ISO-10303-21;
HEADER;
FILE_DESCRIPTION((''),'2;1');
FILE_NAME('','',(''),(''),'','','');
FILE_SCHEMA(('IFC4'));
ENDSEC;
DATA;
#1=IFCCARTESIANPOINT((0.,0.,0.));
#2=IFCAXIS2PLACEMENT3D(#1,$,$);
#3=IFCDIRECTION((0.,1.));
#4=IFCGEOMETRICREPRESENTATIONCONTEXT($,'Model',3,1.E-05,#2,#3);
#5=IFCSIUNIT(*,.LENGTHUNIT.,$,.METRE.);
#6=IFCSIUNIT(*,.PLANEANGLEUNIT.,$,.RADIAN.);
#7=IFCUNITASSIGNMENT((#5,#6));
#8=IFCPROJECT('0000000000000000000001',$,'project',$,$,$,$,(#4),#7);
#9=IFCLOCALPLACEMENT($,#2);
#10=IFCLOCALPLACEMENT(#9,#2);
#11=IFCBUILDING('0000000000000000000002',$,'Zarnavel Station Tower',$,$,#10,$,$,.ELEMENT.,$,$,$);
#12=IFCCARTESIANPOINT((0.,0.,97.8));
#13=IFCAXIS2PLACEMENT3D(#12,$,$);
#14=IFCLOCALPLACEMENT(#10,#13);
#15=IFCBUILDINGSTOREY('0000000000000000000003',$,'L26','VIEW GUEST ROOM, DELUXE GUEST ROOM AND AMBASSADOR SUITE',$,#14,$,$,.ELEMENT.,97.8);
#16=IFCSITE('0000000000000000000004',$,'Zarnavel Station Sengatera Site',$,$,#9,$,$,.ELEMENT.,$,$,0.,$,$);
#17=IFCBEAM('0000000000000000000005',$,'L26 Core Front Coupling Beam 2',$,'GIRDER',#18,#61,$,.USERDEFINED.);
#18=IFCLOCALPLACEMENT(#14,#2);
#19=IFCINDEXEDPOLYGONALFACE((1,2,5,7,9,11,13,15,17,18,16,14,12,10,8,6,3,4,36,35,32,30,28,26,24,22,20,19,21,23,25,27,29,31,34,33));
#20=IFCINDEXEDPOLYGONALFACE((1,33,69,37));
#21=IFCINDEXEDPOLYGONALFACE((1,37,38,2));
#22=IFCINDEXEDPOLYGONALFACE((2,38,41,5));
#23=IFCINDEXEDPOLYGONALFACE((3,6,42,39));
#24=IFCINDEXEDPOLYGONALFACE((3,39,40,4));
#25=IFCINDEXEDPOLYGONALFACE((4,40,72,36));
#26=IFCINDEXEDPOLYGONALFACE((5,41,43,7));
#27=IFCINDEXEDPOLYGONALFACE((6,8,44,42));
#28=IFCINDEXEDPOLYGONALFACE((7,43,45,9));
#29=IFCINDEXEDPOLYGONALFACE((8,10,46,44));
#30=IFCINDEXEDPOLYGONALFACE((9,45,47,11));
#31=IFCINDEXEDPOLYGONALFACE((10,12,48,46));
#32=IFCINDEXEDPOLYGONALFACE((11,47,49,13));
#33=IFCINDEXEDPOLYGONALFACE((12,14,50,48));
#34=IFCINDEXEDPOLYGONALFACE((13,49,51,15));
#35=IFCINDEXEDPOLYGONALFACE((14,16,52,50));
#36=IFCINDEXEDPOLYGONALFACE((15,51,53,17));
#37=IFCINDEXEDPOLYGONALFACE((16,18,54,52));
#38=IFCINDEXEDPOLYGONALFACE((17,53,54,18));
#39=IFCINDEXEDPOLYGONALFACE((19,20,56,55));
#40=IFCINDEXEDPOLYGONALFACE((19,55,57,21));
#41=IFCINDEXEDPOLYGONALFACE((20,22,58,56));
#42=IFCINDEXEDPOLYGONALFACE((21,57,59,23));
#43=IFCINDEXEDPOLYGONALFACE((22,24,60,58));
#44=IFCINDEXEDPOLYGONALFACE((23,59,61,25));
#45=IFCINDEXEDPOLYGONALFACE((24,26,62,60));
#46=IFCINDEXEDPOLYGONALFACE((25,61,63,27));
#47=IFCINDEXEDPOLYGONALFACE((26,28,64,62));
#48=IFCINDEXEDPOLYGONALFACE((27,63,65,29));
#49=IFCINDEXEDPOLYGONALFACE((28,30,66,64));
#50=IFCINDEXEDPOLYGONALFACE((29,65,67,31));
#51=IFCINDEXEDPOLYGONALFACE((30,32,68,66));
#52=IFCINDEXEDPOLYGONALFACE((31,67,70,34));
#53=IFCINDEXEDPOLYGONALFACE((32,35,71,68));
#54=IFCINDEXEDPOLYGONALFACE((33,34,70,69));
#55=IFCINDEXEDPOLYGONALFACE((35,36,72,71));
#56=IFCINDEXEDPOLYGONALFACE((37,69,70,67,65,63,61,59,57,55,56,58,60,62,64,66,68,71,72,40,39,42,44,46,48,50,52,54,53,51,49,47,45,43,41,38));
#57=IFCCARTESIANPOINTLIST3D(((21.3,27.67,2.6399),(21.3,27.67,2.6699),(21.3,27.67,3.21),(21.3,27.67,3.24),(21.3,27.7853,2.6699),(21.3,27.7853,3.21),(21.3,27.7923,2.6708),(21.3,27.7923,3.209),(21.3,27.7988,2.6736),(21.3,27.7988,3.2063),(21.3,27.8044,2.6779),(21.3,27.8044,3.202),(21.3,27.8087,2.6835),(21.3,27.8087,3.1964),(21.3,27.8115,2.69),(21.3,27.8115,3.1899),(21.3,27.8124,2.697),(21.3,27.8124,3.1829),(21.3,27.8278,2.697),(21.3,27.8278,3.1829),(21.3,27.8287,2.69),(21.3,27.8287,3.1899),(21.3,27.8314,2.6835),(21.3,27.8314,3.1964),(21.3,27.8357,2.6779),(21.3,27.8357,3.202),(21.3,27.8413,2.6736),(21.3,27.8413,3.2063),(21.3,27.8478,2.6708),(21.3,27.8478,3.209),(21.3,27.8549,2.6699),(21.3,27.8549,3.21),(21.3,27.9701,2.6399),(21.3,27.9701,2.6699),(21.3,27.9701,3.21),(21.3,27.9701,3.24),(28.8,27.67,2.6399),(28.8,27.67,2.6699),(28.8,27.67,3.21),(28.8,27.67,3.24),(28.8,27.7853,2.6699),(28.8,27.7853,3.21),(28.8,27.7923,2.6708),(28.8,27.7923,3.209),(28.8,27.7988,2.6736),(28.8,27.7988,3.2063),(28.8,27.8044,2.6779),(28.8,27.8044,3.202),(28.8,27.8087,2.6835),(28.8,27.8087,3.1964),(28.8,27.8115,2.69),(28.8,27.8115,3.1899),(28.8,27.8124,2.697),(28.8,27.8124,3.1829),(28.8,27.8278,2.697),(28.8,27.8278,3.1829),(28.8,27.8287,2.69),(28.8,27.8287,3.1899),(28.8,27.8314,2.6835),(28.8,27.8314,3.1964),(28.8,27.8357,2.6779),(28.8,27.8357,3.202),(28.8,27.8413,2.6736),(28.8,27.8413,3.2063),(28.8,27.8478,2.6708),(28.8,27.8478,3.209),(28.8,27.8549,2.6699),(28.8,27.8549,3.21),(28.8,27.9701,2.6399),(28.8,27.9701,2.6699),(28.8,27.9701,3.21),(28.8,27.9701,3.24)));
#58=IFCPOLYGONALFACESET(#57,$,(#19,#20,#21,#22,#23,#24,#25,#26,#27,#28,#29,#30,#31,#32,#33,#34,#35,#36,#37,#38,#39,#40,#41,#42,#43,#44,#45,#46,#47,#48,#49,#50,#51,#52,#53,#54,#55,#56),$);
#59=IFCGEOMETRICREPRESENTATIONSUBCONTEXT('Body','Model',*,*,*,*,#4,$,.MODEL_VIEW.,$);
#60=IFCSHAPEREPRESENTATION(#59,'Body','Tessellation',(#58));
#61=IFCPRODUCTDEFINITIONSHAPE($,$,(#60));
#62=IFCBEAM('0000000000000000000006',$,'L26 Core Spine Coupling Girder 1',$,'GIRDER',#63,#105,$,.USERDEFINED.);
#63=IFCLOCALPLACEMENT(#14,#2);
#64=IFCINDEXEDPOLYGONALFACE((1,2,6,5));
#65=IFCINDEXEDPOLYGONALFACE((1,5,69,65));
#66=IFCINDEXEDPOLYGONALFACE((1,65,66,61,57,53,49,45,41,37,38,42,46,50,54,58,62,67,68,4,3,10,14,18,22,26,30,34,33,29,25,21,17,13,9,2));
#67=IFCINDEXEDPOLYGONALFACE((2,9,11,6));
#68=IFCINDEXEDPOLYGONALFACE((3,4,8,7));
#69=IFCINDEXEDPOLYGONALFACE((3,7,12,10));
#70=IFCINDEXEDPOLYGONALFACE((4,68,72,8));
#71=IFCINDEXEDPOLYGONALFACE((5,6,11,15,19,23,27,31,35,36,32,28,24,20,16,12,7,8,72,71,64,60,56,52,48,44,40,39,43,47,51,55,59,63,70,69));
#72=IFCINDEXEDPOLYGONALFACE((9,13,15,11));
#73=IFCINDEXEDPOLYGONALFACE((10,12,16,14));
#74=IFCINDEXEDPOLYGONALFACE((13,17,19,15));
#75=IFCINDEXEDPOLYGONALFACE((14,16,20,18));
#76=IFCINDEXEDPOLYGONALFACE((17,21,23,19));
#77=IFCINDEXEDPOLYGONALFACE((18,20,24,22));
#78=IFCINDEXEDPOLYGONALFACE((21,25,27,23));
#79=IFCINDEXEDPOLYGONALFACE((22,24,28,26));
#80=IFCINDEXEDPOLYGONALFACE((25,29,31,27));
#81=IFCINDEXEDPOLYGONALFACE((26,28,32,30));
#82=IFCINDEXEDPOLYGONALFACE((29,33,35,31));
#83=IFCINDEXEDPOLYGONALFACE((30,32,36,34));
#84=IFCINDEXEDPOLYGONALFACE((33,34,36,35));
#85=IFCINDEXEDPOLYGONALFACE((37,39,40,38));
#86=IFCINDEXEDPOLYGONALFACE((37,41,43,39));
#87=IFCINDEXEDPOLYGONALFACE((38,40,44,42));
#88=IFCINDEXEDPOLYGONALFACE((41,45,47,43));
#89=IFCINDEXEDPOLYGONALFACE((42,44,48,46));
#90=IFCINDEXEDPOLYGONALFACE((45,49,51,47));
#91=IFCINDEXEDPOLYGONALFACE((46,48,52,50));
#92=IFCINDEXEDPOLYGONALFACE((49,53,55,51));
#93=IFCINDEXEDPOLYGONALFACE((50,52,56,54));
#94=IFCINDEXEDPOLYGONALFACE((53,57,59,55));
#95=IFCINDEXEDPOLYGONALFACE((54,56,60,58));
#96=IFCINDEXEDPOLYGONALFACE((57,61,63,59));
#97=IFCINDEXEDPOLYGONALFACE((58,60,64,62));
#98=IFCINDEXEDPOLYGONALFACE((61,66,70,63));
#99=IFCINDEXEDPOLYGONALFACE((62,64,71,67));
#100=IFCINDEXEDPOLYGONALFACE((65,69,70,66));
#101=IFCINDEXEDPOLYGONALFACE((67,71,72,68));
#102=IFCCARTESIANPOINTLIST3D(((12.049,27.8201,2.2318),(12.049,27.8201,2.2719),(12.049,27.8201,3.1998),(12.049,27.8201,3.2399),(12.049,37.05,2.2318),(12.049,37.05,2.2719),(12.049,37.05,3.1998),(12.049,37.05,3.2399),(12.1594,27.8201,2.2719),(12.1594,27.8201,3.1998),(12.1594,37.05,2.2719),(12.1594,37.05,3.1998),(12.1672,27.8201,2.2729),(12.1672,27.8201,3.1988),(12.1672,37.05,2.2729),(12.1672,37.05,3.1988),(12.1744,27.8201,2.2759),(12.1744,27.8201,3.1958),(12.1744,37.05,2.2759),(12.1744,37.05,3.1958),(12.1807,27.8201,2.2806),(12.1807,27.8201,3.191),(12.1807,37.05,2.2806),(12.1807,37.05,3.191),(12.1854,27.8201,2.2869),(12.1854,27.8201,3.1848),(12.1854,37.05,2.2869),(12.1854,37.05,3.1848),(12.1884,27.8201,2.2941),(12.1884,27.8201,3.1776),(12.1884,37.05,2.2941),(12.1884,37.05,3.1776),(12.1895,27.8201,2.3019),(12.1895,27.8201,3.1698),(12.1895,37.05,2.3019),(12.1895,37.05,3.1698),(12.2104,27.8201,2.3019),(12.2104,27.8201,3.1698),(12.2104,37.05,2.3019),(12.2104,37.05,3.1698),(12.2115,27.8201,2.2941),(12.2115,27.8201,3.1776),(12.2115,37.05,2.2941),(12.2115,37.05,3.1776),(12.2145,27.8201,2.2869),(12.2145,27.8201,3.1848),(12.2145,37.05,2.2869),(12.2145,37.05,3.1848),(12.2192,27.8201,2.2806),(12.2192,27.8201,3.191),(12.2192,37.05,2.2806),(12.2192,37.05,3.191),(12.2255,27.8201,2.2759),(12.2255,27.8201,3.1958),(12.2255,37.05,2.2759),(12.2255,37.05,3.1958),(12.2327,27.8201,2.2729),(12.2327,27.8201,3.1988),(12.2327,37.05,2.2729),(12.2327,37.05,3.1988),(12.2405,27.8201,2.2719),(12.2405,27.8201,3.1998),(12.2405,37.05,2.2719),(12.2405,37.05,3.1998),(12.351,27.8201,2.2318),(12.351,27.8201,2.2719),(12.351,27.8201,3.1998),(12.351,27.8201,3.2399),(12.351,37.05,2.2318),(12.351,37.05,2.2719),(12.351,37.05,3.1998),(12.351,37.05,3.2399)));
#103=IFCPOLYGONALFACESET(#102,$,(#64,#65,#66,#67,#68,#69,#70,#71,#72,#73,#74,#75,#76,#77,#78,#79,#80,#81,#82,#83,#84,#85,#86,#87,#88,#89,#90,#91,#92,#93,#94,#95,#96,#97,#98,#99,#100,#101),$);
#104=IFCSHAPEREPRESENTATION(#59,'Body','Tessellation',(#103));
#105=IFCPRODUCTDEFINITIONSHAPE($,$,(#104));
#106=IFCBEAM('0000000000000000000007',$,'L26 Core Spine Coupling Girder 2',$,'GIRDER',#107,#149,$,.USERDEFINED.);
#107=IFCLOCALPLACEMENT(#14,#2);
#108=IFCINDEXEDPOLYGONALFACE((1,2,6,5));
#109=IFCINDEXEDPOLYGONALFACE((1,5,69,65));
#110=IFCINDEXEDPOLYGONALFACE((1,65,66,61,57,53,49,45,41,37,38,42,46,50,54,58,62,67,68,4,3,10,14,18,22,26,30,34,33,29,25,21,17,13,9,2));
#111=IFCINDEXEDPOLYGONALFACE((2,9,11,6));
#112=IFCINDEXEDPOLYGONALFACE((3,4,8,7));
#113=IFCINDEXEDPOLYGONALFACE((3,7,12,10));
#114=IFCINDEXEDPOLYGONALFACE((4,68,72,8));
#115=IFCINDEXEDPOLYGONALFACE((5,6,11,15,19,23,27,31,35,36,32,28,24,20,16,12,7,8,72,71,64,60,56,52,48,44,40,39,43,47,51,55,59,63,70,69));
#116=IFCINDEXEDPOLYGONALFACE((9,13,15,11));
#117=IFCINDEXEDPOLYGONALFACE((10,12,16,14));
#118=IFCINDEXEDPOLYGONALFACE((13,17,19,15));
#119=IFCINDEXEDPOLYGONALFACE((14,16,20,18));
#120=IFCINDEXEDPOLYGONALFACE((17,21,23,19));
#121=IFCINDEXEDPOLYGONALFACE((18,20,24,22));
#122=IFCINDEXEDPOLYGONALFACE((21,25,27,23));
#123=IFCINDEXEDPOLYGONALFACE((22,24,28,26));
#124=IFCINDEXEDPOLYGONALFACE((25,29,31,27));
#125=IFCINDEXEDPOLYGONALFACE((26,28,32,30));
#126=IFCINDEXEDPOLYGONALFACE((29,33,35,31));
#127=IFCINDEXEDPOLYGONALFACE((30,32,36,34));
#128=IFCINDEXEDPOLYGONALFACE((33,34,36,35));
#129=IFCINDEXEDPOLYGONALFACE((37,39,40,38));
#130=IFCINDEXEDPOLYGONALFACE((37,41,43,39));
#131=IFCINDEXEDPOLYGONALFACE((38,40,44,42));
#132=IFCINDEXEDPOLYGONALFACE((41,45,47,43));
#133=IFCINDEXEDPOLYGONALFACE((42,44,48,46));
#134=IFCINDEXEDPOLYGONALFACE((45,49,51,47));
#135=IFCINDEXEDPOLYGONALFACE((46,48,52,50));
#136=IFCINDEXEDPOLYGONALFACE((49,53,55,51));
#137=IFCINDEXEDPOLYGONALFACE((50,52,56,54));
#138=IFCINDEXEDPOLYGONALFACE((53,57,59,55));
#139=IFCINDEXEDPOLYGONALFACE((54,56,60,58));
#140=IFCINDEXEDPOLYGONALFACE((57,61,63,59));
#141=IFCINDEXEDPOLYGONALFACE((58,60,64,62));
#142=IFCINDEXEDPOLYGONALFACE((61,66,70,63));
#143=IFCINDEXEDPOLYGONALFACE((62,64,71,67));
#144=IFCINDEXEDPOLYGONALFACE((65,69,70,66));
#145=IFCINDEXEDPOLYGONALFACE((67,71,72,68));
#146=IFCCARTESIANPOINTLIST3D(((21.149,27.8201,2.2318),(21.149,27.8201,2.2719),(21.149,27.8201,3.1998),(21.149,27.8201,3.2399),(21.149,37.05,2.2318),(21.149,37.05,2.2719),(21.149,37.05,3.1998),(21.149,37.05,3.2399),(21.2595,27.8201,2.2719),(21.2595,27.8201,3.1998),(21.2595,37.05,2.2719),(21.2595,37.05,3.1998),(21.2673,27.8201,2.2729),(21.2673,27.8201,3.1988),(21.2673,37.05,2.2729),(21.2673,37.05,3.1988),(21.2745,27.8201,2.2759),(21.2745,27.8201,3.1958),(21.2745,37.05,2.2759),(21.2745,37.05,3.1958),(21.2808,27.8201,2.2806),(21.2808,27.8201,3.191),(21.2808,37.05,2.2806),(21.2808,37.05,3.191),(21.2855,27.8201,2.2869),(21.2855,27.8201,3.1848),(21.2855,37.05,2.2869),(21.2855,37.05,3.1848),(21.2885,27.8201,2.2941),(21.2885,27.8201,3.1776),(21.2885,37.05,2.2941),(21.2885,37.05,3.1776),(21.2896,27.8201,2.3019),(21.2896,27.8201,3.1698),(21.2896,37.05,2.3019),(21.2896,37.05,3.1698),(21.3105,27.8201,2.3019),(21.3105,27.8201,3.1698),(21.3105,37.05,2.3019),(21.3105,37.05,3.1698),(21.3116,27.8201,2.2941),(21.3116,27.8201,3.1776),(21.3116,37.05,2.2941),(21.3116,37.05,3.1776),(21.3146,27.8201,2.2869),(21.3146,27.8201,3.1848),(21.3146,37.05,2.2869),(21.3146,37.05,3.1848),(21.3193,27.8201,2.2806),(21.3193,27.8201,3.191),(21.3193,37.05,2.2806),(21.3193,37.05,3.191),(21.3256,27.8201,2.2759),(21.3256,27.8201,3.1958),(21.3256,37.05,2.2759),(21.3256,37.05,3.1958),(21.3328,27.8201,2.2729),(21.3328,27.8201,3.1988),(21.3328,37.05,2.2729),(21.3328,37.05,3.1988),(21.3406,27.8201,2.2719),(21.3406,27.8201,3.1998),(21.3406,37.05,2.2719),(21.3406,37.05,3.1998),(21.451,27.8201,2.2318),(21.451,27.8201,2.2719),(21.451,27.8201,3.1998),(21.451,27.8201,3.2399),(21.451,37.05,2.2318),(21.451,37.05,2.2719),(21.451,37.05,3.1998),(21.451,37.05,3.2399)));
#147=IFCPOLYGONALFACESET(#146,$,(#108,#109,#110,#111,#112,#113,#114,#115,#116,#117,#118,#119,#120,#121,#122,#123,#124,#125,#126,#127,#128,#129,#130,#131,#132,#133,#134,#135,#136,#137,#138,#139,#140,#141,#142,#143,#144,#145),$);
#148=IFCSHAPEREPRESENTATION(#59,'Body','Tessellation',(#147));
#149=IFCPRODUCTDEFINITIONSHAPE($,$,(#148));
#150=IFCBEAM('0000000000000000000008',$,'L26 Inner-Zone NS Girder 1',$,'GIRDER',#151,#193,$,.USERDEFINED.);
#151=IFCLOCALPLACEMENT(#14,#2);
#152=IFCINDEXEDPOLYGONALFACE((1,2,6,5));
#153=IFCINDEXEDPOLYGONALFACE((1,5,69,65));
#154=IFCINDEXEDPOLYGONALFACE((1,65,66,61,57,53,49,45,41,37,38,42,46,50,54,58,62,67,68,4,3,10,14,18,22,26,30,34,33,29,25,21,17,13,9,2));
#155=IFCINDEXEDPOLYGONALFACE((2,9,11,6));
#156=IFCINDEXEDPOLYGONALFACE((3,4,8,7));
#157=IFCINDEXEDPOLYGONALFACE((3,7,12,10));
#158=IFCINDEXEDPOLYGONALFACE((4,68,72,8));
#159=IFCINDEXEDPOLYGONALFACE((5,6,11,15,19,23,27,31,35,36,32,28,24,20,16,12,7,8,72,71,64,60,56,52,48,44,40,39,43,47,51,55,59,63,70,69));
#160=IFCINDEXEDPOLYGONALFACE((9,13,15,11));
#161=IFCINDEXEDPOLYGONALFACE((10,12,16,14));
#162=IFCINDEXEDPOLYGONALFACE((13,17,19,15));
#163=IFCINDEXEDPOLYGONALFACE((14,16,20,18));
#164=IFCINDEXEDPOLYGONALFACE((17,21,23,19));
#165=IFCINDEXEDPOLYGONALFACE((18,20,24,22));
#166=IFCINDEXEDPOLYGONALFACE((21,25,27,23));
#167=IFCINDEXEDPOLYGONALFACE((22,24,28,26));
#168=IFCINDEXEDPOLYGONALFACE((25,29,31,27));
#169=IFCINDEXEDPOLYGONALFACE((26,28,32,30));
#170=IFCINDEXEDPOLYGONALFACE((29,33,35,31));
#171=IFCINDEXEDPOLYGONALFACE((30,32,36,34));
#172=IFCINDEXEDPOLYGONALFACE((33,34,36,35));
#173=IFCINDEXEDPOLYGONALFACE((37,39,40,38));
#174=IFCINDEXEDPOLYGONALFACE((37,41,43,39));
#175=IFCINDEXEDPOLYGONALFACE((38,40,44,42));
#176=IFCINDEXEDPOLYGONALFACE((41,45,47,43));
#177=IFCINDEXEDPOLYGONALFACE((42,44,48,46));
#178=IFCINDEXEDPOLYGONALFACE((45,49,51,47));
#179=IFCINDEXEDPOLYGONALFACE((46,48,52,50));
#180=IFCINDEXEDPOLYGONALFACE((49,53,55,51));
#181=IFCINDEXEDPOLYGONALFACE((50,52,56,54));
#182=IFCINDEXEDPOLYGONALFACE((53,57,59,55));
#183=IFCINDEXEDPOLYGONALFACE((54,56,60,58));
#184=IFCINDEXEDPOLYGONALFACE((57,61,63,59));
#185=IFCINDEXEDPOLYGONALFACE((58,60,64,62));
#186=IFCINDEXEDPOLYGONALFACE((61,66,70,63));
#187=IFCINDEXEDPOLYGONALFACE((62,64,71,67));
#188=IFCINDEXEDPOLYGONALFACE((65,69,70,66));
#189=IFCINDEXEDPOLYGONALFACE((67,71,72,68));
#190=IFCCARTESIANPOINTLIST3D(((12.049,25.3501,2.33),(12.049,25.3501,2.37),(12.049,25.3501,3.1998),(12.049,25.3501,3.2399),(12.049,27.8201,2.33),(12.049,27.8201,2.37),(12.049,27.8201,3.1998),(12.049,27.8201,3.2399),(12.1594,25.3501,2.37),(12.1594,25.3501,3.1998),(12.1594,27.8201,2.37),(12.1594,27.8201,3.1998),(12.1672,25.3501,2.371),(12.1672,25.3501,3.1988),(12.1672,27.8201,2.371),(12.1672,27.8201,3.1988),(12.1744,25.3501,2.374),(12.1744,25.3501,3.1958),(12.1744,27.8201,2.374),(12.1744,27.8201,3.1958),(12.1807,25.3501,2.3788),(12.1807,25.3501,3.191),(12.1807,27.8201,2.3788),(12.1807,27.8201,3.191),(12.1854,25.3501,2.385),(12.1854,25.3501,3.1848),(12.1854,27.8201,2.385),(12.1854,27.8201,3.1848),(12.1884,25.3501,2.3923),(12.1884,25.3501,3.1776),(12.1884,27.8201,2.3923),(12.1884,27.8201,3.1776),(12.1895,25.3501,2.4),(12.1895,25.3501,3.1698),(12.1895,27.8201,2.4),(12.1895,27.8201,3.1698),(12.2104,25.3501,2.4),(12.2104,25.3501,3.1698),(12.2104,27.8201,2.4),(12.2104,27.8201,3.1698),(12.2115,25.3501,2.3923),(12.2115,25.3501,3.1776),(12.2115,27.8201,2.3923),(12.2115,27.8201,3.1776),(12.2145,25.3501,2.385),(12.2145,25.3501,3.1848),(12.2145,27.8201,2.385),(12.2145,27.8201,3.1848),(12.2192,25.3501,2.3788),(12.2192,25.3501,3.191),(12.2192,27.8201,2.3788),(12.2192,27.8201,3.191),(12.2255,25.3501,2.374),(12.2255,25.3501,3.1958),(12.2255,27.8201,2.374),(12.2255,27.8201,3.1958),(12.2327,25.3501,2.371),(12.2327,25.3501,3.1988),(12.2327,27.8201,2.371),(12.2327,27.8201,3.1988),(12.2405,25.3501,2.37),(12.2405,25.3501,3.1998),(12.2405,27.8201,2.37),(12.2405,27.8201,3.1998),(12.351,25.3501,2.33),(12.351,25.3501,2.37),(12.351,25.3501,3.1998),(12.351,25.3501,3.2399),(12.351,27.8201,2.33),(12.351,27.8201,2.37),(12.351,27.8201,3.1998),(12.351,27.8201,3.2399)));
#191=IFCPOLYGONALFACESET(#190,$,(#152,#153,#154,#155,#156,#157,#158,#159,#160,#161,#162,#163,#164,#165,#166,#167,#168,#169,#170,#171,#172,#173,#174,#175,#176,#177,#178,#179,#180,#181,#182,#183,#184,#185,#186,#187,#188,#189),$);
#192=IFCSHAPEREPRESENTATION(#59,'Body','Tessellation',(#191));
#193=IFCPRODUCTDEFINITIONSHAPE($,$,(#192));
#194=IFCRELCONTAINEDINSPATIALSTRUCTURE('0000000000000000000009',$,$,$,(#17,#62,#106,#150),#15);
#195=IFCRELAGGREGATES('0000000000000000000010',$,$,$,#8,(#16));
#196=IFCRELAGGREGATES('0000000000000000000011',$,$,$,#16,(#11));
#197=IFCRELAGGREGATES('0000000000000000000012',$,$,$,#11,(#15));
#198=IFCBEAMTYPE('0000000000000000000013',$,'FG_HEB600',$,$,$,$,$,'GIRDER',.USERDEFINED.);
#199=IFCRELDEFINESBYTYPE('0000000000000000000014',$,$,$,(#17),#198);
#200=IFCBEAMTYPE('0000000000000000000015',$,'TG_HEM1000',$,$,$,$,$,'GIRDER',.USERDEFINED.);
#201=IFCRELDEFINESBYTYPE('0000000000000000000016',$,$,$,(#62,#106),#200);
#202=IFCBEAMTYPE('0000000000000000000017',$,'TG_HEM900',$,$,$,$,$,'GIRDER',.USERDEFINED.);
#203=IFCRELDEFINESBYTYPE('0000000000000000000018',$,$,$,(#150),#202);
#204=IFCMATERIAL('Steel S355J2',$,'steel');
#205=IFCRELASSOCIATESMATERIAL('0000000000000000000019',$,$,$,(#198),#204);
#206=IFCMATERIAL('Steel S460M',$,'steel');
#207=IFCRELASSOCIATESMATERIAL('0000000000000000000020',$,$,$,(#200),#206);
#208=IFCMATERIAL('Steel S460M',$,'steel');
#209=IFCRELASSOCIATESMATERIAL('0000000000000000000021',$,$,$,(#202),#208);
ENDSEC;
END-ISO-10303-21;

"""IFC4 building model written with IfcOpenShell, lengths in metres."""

from ifc_helpers import new_model, si_unit, direction, frame, origin, origin_2d, place, context, subcontext, project, spatial, i_section, extrude, material, material_profile, profile_set, type_object, element, save


model = new_model("IFC4")

# Units and contexts
model_context = context("Model", 3, precision=1e-05, world=origin(), true_north=direction((0.0, 1.0)))
body_context = subcontext(model_context, "Body", "Model", "MODEL_VIEW")
ifc_project = project(units=[si_unit("LENGTHUNIT", "METRE"), si_unit("PLANEANGLEUNIT", "RADIAN")], contexts=[model_context])

# Site, building, storey
site_placement = place(None, origin())
site = spatial("IfcSite", under=ifc_project, at=site_placement, Name="Zarnavel Station Sengatera Site", CompositionType="ELEMENT", RefElevation=0.0)
building_placement = place(site_placement, origin())
building = spatial("IfcBuilding", under=site, at=building_placement, Name="Zarnavel Station Tower", CompositionType="ELEMENT")
storey_placement = place(building_placement, frame((0.0, 0.0, 97.8)))
storey = spatial("IfcBuildingStorey", under=building, at=storey_placement, Name="L26", Description="VIEW GUEST ROOM, DELUXE GUEST ROOM AND AMBASSADOR SUITE", CompositionType="ELEMENT", Elevation=97.8)

# Beams
ifc_material_1 = material(Name="Steel S355J2", Category="steel")
ifc_material_profile_1 = material_profile(ifc_material_1, i_section(OverallWidth=0.3, OverallDepth=0.6001, WebThickness=0.0154, FlangeThickness=0.03, FilletRadius=0.0271, at=origin_2d()), Name="HEB600")
ifc_profile_set_1 = profile_set([ifc_material_profile_1], Name="Steel S355J2")
beam_type_1 = type_object("IfcBeamType", Name="FG_HEB600", ElementType="GIRDER", PredefinedType="USERDEFINED", material=ifc_profile_set_1)
beam_1_placement = place(storey_placement, frame((21.3, 27.8201, 2.9399), z_axis=(1.0, 0.0, 0.0), x_axis=(0.0, 1.0, 0.0)))
element("IfcBeam", 1, at=beam_1_placement, inside=storey, type_object=beam_type_1, Name="L26 Core Front Coupling Beam 2", ObjectType="GIRDER", PredefinedType="USERDEFINED", context=body_context, shape_type="SweptSolid", body=[
    extrude(i_section(OverallWidth=0.3, OverallDepth=0.6001, WebThickness=0.0154, FlangeThickness=0.03, FilletRadius=0.0271, at=origin_2d()), origin(), (0.0, 0.0, 1.0), 7.5),
])
ifc_material_2 = material(Name="Steel S460M", Category="steel")
ifc_material_profile_2 = material_profile(ifc_material_2, i_section(OverallWidth=0.302, OverallDepth=1.0081, WebThickness=0.021, FlangeThickness=0.04, FilletRadius=0.03, at=origin_2d()), Name="HEM1000")
ifc_profile_set_2 = profile_set([ifc_material_profile_2], Name="Steel S460M")
beam_type_2 = type_object("IfcBeamType", Name="TG_HEM1000", ElementType="GIRDER", PredefinedType="USERDEFINED", material=ifc_profile_set_2)
for number, where, z_axis, x_axis, name in (
    (2, (12.2, 27.8201, 2.7358), (0.0, 1.0, 0.0), (-1.0, 0.0, 0.0), "L26 Core Spine Coupling Girder 1"),
    (3, (21.3, 27.8201, 2.7358), (0.0, 1.0, 0.0), (-1.0, 0.0, 0.0), "L26 Core Spine Coupling Girder 2"),
):
    element("IfcBeam", number, at=place(storey_placement, frame(where, z_axis=z_axis, x_axis=x_axis)), inside=storey, type_object=beam_type_2, Name=name, ObjectType="GIRDER", PredefinedType="USERDEFINED", context=body_context, shape_type="SweptSolid", body=[
        extrude(i_section(OverallWidth=0.302, OverallDepth=1.0081, WebThickness=0.021, FlangeThickness=0.04, FilletRadius=0.03, at=origin_2d()), origin(), (0.0, 0.0, 1.0), 9.23),
    ])
ifc_material_3 = material(Name="Steel S460M", Category="steel")
ifc_material_profile_3 = material_profile(ifc_material_3, i_section(OverallWidth=0.302, OverallDepth=0.9099, WebThickness=0.021, FlangeThickness=0.04, FilletRadius=0.03, at=origin_2d()), Name="HEM900")
ifc_profile_set_3 = profile_set([ifc_material_profile_3], Name="Steel S460M")
beam_type_3 = type_object("IfcBeamType", Name="TG_HEM900", ElementType="GIRDER", PredefinedType="USERDEFINED", material=ifc_profile_set_3)
for number, where, z_axis, x_axis, name in (
    (4, (12.2, 25.3501, 2.7849), (0.0, 1.0, 0.0), (-1.0, 0.0, 0.0), "L26 Inner-Zone NS Girder 1"),
):
    element("IfcBeam", number, at=place(storey_placement, frame(where, z_axis=z_axis, x_axis=x_axis)), inside=storey, type_object=beam_type_3, Name=name, ObjectType="GIRDER", PredefinedType="USERDEFINED", context=body_context, shape_type="SweptSolid", body=[
        extrude(i_section(OverallWidth=0.302, OverallDepth=0.9099, WebThickness=0.021, FlangeThickness=0.04, FilletRadius=0.03, at=origin_2d()), origin(), (0.0, 0.0, 1.0), 2.47),
    ])

save(model, "model.ifc")
